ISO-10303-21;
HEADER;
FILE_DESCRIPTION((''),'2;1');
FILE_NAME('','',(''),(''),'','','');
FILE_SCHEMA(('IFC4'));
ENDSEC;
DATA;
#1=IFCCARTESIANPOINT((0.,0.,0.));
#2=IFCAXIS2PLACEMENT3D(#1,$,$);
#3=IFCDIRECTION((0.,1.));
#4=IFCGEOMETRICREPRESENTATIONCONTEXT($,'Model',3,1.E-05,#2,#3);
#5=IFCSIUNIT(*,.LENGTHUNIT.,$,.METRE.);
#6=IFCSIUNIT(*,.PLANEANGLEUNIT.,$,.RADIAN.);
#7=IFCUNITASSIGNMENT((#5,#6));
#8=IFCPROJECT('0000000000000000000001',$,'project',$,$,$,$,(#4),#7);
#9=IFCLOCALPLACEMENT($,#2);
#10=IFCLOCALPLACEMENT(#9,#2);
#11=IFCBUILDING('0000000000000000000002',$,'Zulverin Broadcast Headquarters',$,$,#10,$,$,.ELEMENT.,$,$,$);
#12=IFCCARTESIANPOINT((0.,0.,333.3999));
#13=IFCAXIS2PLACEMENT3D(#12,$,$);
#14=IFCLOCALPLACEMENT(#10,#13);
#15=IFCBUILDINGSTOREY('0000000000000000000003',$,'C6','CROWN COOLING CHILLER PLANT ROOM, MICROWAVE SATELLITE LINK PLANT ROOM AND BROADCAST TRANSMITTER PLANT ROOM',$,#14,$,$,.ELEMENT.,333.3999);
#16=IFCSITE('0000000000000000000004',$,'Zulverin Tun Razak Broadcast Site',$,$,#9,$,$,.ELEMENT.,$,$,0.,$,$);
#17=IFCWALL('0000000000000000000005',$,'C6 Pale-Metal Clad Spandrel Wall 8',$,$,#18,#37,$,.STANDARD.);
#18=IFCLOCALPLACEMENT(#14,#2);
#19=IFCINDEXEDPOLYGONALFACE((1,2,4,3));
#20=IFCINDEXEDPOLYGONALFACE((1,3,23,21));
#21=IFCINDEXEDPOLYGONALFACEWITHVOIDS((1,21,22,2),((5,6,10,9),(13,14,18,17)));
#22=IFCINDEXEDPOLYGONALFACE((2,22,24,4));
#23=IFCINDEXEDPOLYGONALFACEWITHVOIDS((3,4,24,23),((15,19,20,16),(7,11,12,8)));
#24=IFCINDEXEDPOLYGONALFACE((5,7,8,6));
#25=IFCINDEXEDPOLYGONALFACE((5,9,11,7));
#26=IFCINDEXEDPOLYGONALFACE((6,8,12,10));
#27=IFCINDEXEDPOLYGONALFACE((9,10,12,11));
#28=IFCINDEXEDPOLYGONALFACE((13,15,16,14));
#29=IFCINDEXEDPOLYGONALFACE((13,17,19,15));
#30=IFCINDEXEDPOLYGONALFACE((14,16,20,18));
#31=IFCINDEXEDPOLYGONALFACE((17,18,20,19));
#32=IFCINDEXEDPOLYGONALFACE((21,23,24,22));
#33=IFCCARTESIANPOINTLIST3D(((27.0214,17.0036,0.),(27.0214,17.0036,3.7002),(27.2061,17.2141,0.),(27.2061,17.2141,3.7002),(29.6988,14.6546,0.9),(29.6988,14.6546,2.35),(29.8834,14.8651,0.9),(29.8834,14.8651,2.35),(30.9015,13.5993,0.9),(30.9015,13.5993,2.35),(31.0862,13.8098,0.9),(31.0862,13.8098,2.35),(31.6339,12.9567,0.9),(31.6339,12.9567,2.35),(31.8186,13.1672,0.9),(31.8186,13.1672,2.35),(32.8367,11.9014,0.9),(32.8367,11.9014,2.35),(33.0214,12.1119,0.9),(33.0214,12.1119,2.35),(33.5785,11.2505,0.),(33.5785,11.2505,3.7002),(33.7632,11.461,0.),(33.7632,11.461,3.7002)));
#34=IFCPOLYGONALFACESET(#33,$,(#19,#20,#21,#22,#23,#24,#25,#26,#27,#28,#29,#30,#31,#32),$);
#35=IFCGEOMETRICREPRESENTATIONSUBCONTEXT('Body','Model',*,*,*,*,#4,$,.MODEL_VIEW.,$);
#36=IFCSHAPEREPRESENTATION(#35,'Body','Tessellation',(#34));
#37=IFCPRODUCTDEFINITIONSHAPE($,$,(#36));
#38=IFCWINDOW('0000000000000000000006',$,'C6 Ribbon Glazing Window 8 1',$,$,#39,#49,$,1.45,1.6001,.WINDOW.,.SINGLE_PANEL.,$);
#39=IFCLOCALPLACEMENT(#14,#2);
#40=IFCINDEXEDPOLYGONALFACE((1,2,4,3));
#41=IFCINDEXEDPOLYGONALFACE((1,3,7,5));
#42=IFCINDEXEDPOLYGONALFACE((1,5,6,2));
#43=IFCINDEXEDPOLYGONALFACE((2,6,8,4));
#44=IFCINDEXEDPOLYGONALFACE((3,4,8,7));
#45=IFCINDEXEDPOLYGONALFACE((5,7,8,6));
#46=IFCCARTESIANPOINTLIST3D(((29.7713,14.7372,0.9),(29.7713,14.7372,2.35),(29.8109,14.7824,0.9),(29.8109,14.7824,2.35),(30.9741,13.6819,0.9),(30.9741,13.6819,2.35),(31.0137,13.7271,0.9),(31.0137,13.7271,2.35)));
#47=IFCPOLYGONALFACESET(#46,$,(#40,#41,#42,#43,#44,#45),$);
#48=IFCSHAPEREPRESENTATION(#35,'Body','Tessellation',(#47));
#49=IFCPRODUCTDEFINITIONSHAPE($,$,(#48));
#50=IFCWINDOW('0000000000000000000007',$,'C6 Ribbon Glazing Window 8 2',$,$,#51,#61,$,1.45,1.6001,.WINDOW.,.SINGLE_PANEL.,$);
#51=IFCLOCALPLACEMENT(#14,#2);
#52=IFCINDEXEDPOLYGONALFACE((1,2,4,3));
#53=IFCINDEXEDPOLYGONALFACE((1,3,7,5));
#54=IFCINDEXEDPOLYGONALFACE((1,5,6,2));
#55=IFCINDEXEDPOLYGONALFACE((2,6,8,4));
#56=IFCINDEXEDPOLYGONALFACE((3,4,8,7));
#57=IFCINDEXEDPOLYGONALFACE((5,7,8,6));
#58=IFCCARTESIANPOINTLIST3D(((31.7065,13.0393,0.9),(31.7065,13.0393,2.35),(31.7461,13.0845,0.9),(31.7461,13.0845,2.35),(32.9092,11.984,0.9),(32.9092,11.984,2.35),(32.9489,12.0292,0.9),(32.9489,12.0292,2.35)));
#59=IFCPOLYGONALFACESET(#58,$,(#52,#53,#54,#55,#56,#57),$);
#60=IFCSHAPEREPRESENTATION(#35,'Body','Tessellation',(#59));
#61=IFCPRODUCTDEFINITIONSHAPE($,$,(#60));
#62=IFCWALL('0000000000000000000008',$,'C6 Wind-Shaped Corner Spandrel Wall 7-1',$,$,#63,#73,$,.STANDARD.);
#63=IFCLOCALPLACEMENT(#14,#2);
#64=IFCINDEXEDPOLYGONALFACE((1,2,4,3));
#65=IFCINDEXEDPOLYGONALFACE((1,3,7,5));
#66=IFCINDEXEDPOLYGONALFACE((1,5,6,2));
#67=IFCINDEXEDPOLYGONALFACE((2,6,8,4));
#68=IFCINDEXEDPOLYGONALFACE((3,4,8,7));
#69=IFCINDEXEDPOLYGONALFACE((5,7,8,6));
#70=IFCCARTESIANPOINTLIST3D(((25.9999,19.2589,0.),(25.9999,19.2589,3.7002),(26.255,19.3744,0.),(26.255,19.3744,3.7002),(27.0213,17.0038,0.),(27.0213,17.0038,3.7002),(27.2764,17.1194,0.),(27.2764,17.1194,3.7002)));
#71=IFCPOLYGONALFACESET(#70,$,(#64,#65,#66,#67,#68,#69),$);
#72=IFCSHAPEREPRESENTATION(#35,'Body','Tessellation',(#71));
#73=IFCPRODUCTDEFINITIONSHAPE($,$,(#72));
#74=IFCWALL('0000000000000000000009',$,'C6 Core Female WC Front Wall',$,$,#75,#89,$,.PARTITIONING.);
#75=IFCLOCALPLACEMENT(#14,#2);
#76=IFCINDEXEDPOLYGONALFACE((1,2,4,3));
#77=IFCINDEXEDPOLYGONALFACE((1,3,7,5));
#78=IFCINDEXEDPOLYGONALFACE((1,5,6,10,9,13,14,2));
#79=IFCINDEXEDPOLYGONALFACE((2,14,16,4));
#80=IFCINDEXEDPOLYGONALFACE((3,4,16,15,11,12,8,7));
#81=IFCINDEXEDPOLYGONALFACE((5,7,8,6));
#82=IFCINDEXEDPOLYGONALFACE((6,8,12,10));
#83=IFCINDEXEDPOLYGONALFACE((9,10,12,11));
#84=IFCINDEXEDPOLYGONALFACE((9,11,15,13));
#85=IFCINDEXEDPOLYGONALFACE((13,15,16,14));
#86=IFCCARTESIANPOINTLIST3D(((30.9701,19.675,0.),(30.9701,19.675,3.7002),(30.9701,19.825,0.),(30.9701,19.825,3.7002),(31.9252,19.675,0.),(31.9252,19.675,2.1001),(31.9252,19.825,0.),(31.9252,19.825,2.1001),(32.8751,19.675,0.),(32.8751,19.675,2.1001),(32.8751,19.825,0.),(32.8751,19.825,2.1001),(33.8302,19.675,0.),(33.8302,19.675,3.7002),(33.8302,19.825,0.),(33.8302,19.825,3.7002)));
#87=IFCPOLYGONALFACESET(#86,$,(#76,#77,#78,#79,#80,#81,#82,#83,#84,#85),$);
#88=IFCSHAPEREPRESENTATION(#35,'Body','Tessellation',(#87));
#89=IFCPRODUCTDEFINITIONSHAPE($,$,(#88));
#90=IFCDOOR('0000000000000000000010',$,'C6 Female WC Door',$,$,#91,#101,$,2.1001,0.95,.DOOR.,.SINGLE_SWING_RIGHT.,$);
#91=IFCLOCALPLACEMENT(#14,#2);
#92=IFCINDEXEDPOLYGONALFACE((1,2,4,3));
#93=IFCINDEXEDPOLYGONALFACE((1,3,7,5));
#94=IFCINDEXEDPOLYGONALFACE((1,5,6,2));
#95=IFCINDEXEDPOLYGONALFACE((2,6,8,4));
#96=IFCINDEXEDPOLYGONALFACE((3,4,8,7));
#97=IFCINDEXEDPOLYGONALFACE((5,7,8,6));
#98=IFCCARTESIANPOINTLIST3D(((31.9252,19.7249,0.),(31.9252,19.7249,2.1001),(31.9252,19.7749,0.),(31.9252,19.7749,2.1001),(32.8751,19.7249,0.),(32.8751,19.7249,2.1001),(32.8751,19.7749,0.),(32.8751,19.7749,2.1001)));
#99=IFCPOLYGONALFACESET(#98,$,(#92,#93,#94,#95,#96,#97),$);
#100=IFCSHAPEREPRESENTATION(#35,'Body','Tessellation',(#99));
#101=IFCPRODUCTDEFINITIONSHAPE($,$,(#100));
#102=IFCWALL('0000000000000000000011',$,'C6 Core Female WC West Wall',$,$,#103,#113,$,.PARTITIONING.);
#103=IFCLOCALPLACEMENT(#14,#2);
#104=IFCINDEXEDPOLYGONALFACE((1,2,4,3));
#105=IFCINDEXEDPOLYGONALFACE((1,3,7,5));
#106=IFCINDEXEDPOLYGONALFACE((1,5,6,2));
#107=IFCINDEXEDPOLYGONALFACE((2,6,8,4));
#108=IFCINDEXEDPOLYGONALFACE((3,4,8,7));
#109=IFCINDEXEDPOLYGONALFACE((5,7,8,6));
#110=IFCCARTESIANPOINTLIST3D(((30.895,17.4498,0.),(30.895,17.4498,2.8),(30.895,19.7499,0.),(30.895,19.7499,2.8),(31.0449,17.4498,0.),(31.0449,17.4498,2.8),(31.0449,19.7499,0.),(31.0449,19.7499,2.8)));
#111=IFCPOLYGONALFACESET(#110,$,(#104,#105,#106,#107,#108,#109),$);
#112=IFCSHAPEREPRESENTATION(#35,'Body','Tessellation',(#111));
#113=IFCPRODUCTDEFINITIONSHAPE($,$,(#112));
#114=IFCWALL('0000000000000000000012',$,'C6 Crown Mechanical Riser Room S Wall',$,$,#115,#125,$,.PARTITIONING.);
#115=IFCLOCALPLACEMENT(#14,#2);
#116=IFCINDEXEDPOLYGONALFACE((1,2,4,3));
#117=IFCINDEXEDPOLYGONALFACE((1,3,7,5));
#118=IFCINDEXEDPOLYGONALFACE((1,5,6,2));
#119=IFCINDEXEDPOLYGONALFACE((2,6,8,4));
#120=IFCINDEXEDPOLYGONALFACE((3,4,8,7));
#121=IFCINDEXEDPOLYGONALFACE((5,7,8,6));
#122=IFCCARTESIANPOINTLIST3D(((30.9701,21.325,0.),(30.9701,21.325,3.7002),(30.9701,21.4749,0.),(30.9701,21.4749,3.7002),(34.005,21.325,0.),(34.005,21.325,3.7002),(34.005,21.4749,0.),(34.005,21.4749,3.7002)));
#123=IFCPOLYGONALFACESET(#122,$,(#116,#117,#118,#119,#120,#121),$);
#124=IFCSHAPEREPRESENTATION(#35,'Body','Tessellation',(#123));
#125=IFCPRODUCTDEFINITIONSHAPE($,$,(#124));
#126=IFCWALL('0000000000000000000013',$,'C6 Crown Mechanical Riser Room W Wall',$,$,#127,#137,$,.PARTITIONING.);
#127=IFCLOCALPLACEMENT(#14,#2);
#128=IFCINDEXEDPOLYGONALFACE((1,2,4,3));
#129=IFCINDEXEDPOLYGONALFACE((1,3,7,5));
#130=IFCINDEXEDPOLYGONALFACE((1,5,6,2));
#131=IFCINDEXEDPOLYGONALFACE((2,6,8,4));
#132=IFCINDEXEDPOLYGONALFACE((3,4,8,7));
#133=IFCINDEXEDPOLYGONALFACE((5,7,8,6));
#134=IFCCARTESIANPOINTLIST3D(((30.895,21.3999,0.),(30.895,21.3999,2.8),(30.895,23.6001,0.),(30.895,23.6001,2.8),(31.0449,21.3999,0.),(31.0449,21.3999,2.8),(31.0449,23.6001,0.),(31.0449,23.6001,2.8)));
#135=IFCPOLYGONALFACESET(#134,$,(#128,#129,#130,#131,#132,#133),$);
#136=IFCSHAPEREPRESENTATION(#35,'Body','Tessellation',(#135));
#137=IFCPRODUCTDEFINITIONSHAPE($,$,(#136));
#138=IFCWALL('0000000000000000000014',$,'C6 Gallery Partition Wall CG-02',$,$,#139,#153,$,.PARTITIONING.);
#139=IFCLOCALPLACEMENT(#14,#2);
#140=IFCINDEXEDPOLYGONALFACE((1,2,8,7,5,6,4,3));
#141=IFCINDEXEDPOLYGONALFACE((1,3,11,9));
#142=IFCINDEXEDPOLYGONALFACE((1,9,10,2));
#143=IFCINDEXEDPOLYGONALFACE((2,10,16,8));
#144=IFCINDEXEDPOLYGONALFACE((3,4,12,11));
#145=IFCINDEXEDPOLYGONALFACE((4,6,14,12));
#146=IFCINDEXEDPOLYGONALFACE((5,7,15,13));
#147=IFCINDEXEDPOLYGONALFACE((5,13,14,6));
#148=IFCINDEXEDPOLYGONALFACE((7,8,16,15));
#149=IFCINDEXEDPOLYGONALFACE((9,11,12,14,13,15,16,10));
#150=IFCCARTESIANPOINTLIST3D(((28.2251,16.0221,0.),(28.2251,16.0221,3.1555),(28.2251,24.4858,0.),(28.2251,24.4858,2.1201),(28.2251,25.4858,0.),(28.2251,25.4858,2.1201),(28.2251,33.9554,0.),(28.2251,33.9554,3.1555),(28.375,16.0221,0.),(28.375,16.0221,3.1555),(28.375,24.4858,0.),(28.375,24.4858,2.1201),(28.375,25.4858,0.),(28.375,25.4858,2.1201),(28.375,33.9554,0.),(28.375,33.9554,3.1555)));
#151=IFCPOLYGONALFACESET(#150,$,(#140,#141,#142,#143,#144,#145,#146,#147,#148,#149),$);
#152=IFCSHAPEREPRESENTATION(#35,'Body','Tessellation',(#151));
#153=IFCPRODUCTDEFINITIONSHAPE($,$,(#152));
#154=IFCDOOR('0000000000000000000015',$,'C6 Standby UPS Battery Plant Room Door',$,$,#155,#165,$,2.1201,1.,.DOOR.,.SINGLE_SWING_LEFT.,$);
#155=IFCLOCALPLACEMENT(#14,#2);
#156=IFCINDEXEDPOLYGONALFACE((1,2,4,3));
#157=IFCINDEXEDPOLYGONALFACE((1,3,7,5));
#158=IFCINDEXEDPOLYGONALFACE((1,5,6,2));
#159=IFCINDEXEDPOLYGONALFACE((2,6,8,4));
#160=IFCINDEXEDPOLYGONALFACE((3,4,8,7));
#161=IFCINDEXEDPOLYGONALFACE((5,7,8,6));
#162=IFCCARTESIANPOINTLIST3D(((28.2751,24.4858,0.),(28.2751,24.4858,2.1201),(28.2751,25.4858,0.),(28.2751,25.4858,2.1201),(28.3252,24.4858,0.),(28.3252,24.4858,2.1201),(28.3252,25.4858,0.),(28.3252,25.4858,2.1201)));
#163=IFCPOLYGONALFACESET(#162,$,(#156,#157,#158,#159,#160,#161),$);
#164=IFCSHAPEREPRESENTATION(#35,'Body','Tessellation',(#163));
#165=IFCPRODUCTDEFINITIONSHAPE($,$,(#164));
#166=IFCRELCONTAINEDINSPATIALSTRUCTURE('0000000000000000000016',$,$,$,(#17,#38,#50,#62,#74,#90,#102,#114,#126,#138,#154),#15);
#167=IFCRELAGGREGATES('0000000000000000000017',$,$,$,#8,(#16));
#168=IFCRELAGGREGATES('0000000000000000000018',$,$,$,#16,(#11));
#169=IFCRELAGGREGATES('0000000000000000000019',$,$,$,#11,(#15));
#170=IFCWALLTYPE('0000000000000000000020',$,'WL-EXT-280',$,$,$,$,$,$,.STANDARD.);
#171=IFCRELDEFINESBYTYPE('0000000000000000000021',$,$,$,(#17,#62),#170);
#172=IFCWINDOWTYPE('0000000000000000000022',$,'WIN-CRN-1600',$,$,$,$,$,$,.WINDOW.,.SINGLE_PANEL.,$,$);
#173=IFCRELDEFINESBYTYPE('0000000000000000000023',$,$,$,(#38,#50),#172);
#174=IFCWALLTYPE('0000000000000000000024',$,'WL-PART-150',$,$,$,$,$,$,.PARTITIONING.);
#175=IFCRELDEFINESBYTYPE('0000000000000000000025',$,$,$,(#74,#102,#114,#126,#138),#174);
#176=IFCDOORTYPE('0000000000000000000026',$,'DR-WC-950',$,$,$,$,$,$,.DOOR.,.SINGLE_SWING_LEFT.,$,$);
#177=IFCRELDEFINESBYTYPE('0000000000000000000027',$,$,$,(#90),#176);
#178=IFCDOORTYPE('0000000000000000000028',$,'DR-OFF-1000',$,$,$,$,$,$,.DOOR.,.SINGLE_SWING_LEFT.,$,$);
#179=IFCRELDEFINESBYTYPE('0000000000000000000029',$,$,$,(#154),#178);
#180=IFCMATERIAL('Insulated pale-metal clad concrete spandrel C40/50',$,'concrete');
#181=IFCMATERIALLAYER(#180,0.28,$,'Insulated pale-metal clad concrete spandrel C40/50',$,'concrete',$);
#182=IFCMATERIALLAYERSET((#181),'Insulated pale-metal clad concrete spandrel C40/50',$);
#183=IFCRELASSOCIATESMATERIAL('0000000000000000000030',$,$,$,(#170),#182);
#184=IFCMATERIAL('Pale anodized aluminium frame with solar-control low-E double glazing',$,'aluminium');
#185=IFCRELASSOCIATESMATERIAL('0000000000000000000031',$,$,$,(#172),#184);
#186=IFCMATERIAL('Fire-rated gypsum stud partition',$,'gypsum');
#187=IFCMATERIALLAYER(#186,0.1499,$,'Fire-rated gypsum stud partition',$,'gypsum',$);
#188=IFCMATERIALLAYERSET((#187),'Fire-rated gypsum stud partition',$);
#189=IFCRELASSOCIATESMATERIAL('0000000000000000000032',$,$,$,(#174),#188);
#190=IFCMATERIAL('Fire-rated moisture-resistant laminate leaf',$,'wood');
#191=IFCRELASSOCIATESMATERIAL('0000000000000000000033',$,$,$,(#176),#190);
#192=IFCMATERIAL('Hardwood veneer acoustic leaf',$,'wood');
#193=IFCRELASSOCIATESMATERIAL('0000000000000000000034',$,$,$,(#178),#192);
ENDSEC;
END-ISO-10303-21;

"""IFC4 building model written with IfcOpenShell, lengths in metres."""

from ifc_helpers import new_model, si_unit, direction, frame, frame_2d, origin, place, context, subcontext, project, spatial, rectangle, extrude, material, layer, layer_set, type_object, element, fill, save


model = new_model("IFC4")

# Units and contexts
model_context = context("Model", 3, precision=1e-05, world=origin(), true_north=direction((0.0, 1.0)))
body_context = subcontext(model_context, "Body", "Model", "MODEL_VIEW")
ifc_project = project(units=[si_unit("LENGTHUNIT", "METRE"), si_unit("PLANEANGLEUNIT", "RADIAN")], contexts=[model_context])

# Site, building, storey
site_placement = place(None, origin())
site = spatial("IfcSite", under=ifc_project, at=site_placement, Name="Zulverin Tun Razak Broadcast Site", CompositionType="ELEMENT", RefElevation=0.0)
building_placement = place(site_placement, origin())
building = spatial("IfcBuilding", under=site, at=building_placement, Name="Zulverin Broadcast Headquarters", CompositionType="ELEMENT")
storey_placement = place(building_placement, frame((0.0, 0.0, 333.3999)))
storey = spatial("IfcBuildingStorey", under=building, at=storey_placement, Name="C6", Description="CROWN COOLING CHILLER PLANT ROOM, MICROWAVE SATELLITE LINK PLANT ROOM AND BROADCAST TRANSMITTER PLANT ROOM", CompositionType="ELEMENT", Elevation=333.3999)

# Wall, openings, windows
ifc_material_1 = material(Name="Insulated pale-metal clad concrete spandrel C40/50", Category="concrete")
ifc_layer_1 = layer(ifc_material_1, 0.28, Name="Insulated pale-metal clad concrete spandrel C40/50", Category="concrete")
ifc_layer_set_1 = layer_set([ifc_layer_1], Name="Insulated pale-metal clad concrete spandrel C40/50")
wall_type_1 = type_object("IfcWallType", Name="WL-EXT-280", PredefinedType="STANDARD", material=ifc_layer_set_1)
wall_1_placement = place(storey_placement, frame((27.1138, 17.1089, 0.0), z_axis=(0.0, 0.0, 1.0), x_axis=(0.751685, -0.659522, 0.0)))
wall_1 = element("IfcWall", 1, at=wall_1_placement, inside=storey, type_object=wall_type_1, Name="C6 Pale-Metal Clad Spandrel Wall 8", PredefinedType="STANDARD", context=body_context, shape_type="SweptSolid", body=[
    extrude(rectangle(XDim=8.7231, YDim=0.28, at=frame_2d((4.3616, 0.0))), origin(), (0.0, 0.0, 1.0), 3.7002),
])
opening_1_placement = place(wall_1_placement, frame((3.5618, 0.0, 0.8999)))
opening_1 = element("IfcOpeningElement", 2, at=opening_1_placement, cuts=wall_1, PredefinedType="OPENING", context=body_context, shape_type="SweptSolid", body=[
    extrude(rectangle(XDim=1.6001, YDim=1.45, at=frame_2d((0.8, 0.7251))), frame((0.0, 0.1499, 0.0), z_axis=(0.0, -1.0, 0.0), x_axis=(1.0, 0.0, 0.0)), (0.0, 0.0, 1.0), 0.3),
])
opening_2_placement = place(wall_1_placement, frame((6.1362, 0.0, 0.8999)))
opening_2 = element("IfcOpeningElement", 3, at=opening_2_placement, cuts=wall_1, PredefinedType="OPENING", context=body_context, shape_type="SweptSolid", body=[
    extrude(rectangle(XDim=1.6001, YDim=1.45, at=frame_2d((0.8, 0.7251))), frame((0.0, 0.1499, 0.0), z_axis=(0.0, -1.0, 0.0), x_axis=(1.0, 0.0, 0.0)), (0.0, 0.0, 1.0), 0.3),
])
ifc_material_2 = material(Name="Pale anodized aluminium frame with solar-control low-E double glazing", Category="aluminium")
window_type = type_object("IfcWindowType", Name="WIN-CRN-1600", PartitioningType="SINGLE_PANEL", PredefinedType="WINDOW", material=ifc_material_2)
window_1_placement = place(opening_1_placement, origin())
window_1 = element("IfcWindow", 4, at=window_1_placement, inside=storey, type_object=window_type, Name="C6 Ribbon Glazing Window 8 1", OverallHeight=1.45, OverallWidth=1.6001, PartitioningType="SINGLE_PANEL", PredefinedType="WINDOW", context=body_context, shape_type="SweptSolid", body=[
    extrude(rectangle(XDim=1.6001, YDim=1.45, at=frame_2d((0.8, 0.7251))), frame((0.0, 0.03, 0.0), z_axis=(0.0, -1.0, 0.0), x_axis=(1.0, 0.0, 0.0)), (0.0, 0.0, 1.0), 0.0601),
])
fill(opening_1, window_1)
window_2_placement = place(opening_2_placement, origin())
window_2 = element("IfcWindow", 5, at=window_2_placement, inside=storey, type_object=window_type, Name="C6 Ribbon Glazing Window 8 2", OverallHeight=1.45, OverallWidth=1.6001, PartitioningType="SINGLE_PANEL", PredefinedType="WINDOW", context=body_context, shape_type="SweptSolid", body=[
    extrude(rectangle(XDim=1.6001, YDim=1.45, at=frame_2d((0.8, 0.7251))), frame((0.0, 0.03, 0.0), z_axis=(0.0, -1.0, 0.0), x_axis=(1.0, 0.0, 0.0)), (0.0, 0.0, 1.0), 0.0601),
])
fill(opening_2, window_2)

# Wall
wall_2_placement = place(storey_placement, frame((26.1274, 19.3167, 0.0), z_axis=(0.0, 0.0, 1.0), x_axis=(0.412606, -0.910909, 0.0)))
element("IfcWall", 6, at=wall_2_placement, inside=storey, type_object=wall_type_1, Name="C6 Wind-Shaped Corner Spandrel Wall 7-1", PredefinedType="STANDARD", context=body_context, shape_type="SweptSolid", body=[
    extrude(rectangle(XDim=2.4756, YDim=0.28, at=frame_2d((1.2378, 0.0))), origin(), (0.0, 0.0, 1.0), 3.7002),
])

# Wall, opening, door
ifc_material_3 = material(Name="Fire-rated gypsum stud partition", Category="gypsum")
ifc_layer_2 = layer(ifc_material_3, 0.1499, Name="Fire-rated gypsum stud partition", Category="gypsum")
ifc_layer_set_2 = layer_set([ifc_layer_2], Name="Fire-rated gypsum stud partition")
wall_type_2 = type_object("IfcWallType", Name="WL-PART-150", PredefinedType="PARTITIONING", material=ifc_layer_set_2)
wall_3_placement = place(storey_placement, frame((30.97, 19.75, 0.0), z_axis=(0.0, 0.0, 1.0), x_axis=(1.0, 0.0, 0.0)))
wall_3 = element("IfcWall", 7, at=wall_3_placement, inside=storey, type_object=wall_type_2, Name="C6 Core Female WC Front Wall", PredefinedType="PARTITIONING", context=body_context, shape_type="SweptSolid", body=[
    extrude(rectangle(XDim=2.8601, YDim=0.1499, at=frame_2d((1.4302, 0.0))), origin(), (0.0, 0.0, 1.0), 3.7002),
])
opening_3_placement = place(wall_3_placement, frame((0.9551, 0.0, 0.0)))
opening_3 = element("IfcOpeningElement", 8, at=opening_3_placement, cuts=wall_3, PredefinedType="OPENING", context=body_context, shape_type="SweptSolid", body=[
    extrude(rectangle(XDim=0.95, YDim=2.1001, at=frame_2d((0.4751, 1.05))), frame((0.0, 0.085, 0.0), z_axis=(0.0, -1.0, 0.0), x_axis=(1.0, 0.0, 0.0)), (0.0, 0.0, 1.0), 0.1699),
])
ifc_material_4 = material(Name="Fire-rated moisture-resistant laminate leaf", Category="wood")
door_type_1 = type_object("IfcDoorType", Name="DR-WC-950", OperationType="SINGLE_SWING_LEFT", PredefinedType="DOOR", material=ifc_material_4)
door_1_placement = place(opening_3_placement, origin())
door_1 = element("IfcDoor", 9, at=door_1_placement, inside=storey, type_object=door_type_1, Name="C6 Female WC Door", OperationType="SINGLE_SWING_RIGHT", OverallHeight=2.1001, OverallWidth=0.95, PredefinedType="DOOR", context=body_context, shape_type="SweptSolid", body=[
    extrude(rectangle(XDim=0.95, YDim=2.1001, at=frame_2d((0.4751, 1.05))), frame((0.0, 0.0249, 0.0), z_axis=(0.0, -1.0, 0.0), x_axis=(1.0, 0.0, 0.0)), (0.0, 0.0, 1.0), 0.05),
])
fill(opening_3, door_1)

# Walls
wall_4_placement = place(storey_placement, frame((30.97, 17.45, 0.0), z_axis=(0.0, 0.0, 1.0), x_axis=(0.0, 1.0, 0.0)))
element("IfcWall", 10, at=wall_4_placement, inside=storey, type_object=wall_type_2, Name="C6 Core Female WC West Wall", PredefinedType="PARTITIONING", context=body_context, shape_type="SweptSolid", body=[
    extrude(rectangle(XDim=2.3, YDim=0.1499, at=frame_2d((1.1499, 0.0))), origin(), (0.0, 0.0, 1.0), 2.8),
])
wall_5_placement = place(storey_placement, frame((30.97, 21.3999, 0.0), z_axis=(0.0, 0.0, 1.0), x_axis=(1.0, 0.0, 0.0)))
element("IfcWall", 11, at=wall_5_placement, inside=storey, type_object=wall_type_2, Name="C6 Crown Mechanical Riser Room S Wall", PredefinedType="PARTITIONING", context=body_context, shape_type="SweptSolid", body=[
    extrude(rectangle(XDim=3.0349, YDim=0.1499, at=frame_2d((1.5176, 0.0))), origin(), (0.0, 0.0, 1.0), 3.7002),
])
wall_6_placement = place(storey_placement, frame((30.97, 21.3999, 0.0), z_axis=(0.0, 0.0, 1.0), x_axis=(0.0, 1.0, 0.0)))
element("IfcWall", 12, at=wall_6_placement, inside=storey, type_object=wall_type_2, Name="C6 Crown Mechanical Riser Room W Wall", PredefinedType="PARTITIONING", context=body_context, shape_type="SweptSolid", body=[
    extrude(rectangle(XDim=2.2002, YDim=0.1499, at=frame_2d((1.1001, 0.0))), origin(), (0.0, 0.0, 1.0), 2.8),
])

# Wall, opening, door
wall_7_placement = place(storey_placement, frame((28.3, 16.022, 0.0), z_axis=(0.0, 0.0, 1.0), x_axis=(0.0, 1.0, 0.0)))
wall_7 = element("IfcWall", 13, at=wall_7_placement, inside=storey, type_object=wall_type_2, Name="C6 Gallery Partition Wall CG-02", PredefinedType="PARTITIONING", context=body_context, shape_type="SweptSolid", body=[
    extrude(rectangle(XDim=17.9333, YDim=0.1499, at=frame_2d((8.9668, 0.0))), origin(), (0.0, 0.0, 1.0), 3.1555),
])
opening_4_placement = place(wall_7_placement, frame((8.4639, 0.0, 0.0)))
opening_4 = element("IfcOpeningElement", 14, at=opening_4_placement, cuts=wall_7, PredefinedType="OPENING", context=body_context, shape_type="SweptSolid", body=[
    extrude(rectangle(XDim=1.0, YDim=2.1201, at=frame_2d((0.5, 1.0601))), frame((0.0, 0.085, 0.0), z_axis=(0.0, -1.0, 0.0), x_axis=(1.0, 0.0, 0.0)), (0.0, 0.0, 1.0), 0.1699),
])
ifc_material_5 = material(Name="Hardwood veneer acoustic leaf", Category="wood")
door_type_2 = type_object("IfcDoorType", Name="DR-OFF-1000", OperationType="SINGLE_SWING_LEFT", PredefinedType="DOOR", material=ifc_material_5)
door_2_placement = place(opening_4_placement, origin())
door_2 = element("IfcDoor", 15, at=door_2_placement, inside=storey, type_object=door_type_2, Name="C6 Standby UPS Battery Plant Room Door", OperationType="SINGLE_SWING_LEFT", OverallHeight=2.1201, OverallWidth=1.0, PredefinedType="DOOR", context=body_context, shape_type="SweptSolid", body=[
    extrude(rectangle(XDim=1.0, YDim=2.1201, at=frame_2d((0.5, 1.0601))), frame((0.0, 0.0249, 0.0), z_axis=(0.0, -1.0, 0.0), x_axis=(1.0, 0.0, 0.0)), (0.0, 0.0, 1.0), 0.05),
])
fill(opening_4, door_2)

save(model, "model.ifc")
